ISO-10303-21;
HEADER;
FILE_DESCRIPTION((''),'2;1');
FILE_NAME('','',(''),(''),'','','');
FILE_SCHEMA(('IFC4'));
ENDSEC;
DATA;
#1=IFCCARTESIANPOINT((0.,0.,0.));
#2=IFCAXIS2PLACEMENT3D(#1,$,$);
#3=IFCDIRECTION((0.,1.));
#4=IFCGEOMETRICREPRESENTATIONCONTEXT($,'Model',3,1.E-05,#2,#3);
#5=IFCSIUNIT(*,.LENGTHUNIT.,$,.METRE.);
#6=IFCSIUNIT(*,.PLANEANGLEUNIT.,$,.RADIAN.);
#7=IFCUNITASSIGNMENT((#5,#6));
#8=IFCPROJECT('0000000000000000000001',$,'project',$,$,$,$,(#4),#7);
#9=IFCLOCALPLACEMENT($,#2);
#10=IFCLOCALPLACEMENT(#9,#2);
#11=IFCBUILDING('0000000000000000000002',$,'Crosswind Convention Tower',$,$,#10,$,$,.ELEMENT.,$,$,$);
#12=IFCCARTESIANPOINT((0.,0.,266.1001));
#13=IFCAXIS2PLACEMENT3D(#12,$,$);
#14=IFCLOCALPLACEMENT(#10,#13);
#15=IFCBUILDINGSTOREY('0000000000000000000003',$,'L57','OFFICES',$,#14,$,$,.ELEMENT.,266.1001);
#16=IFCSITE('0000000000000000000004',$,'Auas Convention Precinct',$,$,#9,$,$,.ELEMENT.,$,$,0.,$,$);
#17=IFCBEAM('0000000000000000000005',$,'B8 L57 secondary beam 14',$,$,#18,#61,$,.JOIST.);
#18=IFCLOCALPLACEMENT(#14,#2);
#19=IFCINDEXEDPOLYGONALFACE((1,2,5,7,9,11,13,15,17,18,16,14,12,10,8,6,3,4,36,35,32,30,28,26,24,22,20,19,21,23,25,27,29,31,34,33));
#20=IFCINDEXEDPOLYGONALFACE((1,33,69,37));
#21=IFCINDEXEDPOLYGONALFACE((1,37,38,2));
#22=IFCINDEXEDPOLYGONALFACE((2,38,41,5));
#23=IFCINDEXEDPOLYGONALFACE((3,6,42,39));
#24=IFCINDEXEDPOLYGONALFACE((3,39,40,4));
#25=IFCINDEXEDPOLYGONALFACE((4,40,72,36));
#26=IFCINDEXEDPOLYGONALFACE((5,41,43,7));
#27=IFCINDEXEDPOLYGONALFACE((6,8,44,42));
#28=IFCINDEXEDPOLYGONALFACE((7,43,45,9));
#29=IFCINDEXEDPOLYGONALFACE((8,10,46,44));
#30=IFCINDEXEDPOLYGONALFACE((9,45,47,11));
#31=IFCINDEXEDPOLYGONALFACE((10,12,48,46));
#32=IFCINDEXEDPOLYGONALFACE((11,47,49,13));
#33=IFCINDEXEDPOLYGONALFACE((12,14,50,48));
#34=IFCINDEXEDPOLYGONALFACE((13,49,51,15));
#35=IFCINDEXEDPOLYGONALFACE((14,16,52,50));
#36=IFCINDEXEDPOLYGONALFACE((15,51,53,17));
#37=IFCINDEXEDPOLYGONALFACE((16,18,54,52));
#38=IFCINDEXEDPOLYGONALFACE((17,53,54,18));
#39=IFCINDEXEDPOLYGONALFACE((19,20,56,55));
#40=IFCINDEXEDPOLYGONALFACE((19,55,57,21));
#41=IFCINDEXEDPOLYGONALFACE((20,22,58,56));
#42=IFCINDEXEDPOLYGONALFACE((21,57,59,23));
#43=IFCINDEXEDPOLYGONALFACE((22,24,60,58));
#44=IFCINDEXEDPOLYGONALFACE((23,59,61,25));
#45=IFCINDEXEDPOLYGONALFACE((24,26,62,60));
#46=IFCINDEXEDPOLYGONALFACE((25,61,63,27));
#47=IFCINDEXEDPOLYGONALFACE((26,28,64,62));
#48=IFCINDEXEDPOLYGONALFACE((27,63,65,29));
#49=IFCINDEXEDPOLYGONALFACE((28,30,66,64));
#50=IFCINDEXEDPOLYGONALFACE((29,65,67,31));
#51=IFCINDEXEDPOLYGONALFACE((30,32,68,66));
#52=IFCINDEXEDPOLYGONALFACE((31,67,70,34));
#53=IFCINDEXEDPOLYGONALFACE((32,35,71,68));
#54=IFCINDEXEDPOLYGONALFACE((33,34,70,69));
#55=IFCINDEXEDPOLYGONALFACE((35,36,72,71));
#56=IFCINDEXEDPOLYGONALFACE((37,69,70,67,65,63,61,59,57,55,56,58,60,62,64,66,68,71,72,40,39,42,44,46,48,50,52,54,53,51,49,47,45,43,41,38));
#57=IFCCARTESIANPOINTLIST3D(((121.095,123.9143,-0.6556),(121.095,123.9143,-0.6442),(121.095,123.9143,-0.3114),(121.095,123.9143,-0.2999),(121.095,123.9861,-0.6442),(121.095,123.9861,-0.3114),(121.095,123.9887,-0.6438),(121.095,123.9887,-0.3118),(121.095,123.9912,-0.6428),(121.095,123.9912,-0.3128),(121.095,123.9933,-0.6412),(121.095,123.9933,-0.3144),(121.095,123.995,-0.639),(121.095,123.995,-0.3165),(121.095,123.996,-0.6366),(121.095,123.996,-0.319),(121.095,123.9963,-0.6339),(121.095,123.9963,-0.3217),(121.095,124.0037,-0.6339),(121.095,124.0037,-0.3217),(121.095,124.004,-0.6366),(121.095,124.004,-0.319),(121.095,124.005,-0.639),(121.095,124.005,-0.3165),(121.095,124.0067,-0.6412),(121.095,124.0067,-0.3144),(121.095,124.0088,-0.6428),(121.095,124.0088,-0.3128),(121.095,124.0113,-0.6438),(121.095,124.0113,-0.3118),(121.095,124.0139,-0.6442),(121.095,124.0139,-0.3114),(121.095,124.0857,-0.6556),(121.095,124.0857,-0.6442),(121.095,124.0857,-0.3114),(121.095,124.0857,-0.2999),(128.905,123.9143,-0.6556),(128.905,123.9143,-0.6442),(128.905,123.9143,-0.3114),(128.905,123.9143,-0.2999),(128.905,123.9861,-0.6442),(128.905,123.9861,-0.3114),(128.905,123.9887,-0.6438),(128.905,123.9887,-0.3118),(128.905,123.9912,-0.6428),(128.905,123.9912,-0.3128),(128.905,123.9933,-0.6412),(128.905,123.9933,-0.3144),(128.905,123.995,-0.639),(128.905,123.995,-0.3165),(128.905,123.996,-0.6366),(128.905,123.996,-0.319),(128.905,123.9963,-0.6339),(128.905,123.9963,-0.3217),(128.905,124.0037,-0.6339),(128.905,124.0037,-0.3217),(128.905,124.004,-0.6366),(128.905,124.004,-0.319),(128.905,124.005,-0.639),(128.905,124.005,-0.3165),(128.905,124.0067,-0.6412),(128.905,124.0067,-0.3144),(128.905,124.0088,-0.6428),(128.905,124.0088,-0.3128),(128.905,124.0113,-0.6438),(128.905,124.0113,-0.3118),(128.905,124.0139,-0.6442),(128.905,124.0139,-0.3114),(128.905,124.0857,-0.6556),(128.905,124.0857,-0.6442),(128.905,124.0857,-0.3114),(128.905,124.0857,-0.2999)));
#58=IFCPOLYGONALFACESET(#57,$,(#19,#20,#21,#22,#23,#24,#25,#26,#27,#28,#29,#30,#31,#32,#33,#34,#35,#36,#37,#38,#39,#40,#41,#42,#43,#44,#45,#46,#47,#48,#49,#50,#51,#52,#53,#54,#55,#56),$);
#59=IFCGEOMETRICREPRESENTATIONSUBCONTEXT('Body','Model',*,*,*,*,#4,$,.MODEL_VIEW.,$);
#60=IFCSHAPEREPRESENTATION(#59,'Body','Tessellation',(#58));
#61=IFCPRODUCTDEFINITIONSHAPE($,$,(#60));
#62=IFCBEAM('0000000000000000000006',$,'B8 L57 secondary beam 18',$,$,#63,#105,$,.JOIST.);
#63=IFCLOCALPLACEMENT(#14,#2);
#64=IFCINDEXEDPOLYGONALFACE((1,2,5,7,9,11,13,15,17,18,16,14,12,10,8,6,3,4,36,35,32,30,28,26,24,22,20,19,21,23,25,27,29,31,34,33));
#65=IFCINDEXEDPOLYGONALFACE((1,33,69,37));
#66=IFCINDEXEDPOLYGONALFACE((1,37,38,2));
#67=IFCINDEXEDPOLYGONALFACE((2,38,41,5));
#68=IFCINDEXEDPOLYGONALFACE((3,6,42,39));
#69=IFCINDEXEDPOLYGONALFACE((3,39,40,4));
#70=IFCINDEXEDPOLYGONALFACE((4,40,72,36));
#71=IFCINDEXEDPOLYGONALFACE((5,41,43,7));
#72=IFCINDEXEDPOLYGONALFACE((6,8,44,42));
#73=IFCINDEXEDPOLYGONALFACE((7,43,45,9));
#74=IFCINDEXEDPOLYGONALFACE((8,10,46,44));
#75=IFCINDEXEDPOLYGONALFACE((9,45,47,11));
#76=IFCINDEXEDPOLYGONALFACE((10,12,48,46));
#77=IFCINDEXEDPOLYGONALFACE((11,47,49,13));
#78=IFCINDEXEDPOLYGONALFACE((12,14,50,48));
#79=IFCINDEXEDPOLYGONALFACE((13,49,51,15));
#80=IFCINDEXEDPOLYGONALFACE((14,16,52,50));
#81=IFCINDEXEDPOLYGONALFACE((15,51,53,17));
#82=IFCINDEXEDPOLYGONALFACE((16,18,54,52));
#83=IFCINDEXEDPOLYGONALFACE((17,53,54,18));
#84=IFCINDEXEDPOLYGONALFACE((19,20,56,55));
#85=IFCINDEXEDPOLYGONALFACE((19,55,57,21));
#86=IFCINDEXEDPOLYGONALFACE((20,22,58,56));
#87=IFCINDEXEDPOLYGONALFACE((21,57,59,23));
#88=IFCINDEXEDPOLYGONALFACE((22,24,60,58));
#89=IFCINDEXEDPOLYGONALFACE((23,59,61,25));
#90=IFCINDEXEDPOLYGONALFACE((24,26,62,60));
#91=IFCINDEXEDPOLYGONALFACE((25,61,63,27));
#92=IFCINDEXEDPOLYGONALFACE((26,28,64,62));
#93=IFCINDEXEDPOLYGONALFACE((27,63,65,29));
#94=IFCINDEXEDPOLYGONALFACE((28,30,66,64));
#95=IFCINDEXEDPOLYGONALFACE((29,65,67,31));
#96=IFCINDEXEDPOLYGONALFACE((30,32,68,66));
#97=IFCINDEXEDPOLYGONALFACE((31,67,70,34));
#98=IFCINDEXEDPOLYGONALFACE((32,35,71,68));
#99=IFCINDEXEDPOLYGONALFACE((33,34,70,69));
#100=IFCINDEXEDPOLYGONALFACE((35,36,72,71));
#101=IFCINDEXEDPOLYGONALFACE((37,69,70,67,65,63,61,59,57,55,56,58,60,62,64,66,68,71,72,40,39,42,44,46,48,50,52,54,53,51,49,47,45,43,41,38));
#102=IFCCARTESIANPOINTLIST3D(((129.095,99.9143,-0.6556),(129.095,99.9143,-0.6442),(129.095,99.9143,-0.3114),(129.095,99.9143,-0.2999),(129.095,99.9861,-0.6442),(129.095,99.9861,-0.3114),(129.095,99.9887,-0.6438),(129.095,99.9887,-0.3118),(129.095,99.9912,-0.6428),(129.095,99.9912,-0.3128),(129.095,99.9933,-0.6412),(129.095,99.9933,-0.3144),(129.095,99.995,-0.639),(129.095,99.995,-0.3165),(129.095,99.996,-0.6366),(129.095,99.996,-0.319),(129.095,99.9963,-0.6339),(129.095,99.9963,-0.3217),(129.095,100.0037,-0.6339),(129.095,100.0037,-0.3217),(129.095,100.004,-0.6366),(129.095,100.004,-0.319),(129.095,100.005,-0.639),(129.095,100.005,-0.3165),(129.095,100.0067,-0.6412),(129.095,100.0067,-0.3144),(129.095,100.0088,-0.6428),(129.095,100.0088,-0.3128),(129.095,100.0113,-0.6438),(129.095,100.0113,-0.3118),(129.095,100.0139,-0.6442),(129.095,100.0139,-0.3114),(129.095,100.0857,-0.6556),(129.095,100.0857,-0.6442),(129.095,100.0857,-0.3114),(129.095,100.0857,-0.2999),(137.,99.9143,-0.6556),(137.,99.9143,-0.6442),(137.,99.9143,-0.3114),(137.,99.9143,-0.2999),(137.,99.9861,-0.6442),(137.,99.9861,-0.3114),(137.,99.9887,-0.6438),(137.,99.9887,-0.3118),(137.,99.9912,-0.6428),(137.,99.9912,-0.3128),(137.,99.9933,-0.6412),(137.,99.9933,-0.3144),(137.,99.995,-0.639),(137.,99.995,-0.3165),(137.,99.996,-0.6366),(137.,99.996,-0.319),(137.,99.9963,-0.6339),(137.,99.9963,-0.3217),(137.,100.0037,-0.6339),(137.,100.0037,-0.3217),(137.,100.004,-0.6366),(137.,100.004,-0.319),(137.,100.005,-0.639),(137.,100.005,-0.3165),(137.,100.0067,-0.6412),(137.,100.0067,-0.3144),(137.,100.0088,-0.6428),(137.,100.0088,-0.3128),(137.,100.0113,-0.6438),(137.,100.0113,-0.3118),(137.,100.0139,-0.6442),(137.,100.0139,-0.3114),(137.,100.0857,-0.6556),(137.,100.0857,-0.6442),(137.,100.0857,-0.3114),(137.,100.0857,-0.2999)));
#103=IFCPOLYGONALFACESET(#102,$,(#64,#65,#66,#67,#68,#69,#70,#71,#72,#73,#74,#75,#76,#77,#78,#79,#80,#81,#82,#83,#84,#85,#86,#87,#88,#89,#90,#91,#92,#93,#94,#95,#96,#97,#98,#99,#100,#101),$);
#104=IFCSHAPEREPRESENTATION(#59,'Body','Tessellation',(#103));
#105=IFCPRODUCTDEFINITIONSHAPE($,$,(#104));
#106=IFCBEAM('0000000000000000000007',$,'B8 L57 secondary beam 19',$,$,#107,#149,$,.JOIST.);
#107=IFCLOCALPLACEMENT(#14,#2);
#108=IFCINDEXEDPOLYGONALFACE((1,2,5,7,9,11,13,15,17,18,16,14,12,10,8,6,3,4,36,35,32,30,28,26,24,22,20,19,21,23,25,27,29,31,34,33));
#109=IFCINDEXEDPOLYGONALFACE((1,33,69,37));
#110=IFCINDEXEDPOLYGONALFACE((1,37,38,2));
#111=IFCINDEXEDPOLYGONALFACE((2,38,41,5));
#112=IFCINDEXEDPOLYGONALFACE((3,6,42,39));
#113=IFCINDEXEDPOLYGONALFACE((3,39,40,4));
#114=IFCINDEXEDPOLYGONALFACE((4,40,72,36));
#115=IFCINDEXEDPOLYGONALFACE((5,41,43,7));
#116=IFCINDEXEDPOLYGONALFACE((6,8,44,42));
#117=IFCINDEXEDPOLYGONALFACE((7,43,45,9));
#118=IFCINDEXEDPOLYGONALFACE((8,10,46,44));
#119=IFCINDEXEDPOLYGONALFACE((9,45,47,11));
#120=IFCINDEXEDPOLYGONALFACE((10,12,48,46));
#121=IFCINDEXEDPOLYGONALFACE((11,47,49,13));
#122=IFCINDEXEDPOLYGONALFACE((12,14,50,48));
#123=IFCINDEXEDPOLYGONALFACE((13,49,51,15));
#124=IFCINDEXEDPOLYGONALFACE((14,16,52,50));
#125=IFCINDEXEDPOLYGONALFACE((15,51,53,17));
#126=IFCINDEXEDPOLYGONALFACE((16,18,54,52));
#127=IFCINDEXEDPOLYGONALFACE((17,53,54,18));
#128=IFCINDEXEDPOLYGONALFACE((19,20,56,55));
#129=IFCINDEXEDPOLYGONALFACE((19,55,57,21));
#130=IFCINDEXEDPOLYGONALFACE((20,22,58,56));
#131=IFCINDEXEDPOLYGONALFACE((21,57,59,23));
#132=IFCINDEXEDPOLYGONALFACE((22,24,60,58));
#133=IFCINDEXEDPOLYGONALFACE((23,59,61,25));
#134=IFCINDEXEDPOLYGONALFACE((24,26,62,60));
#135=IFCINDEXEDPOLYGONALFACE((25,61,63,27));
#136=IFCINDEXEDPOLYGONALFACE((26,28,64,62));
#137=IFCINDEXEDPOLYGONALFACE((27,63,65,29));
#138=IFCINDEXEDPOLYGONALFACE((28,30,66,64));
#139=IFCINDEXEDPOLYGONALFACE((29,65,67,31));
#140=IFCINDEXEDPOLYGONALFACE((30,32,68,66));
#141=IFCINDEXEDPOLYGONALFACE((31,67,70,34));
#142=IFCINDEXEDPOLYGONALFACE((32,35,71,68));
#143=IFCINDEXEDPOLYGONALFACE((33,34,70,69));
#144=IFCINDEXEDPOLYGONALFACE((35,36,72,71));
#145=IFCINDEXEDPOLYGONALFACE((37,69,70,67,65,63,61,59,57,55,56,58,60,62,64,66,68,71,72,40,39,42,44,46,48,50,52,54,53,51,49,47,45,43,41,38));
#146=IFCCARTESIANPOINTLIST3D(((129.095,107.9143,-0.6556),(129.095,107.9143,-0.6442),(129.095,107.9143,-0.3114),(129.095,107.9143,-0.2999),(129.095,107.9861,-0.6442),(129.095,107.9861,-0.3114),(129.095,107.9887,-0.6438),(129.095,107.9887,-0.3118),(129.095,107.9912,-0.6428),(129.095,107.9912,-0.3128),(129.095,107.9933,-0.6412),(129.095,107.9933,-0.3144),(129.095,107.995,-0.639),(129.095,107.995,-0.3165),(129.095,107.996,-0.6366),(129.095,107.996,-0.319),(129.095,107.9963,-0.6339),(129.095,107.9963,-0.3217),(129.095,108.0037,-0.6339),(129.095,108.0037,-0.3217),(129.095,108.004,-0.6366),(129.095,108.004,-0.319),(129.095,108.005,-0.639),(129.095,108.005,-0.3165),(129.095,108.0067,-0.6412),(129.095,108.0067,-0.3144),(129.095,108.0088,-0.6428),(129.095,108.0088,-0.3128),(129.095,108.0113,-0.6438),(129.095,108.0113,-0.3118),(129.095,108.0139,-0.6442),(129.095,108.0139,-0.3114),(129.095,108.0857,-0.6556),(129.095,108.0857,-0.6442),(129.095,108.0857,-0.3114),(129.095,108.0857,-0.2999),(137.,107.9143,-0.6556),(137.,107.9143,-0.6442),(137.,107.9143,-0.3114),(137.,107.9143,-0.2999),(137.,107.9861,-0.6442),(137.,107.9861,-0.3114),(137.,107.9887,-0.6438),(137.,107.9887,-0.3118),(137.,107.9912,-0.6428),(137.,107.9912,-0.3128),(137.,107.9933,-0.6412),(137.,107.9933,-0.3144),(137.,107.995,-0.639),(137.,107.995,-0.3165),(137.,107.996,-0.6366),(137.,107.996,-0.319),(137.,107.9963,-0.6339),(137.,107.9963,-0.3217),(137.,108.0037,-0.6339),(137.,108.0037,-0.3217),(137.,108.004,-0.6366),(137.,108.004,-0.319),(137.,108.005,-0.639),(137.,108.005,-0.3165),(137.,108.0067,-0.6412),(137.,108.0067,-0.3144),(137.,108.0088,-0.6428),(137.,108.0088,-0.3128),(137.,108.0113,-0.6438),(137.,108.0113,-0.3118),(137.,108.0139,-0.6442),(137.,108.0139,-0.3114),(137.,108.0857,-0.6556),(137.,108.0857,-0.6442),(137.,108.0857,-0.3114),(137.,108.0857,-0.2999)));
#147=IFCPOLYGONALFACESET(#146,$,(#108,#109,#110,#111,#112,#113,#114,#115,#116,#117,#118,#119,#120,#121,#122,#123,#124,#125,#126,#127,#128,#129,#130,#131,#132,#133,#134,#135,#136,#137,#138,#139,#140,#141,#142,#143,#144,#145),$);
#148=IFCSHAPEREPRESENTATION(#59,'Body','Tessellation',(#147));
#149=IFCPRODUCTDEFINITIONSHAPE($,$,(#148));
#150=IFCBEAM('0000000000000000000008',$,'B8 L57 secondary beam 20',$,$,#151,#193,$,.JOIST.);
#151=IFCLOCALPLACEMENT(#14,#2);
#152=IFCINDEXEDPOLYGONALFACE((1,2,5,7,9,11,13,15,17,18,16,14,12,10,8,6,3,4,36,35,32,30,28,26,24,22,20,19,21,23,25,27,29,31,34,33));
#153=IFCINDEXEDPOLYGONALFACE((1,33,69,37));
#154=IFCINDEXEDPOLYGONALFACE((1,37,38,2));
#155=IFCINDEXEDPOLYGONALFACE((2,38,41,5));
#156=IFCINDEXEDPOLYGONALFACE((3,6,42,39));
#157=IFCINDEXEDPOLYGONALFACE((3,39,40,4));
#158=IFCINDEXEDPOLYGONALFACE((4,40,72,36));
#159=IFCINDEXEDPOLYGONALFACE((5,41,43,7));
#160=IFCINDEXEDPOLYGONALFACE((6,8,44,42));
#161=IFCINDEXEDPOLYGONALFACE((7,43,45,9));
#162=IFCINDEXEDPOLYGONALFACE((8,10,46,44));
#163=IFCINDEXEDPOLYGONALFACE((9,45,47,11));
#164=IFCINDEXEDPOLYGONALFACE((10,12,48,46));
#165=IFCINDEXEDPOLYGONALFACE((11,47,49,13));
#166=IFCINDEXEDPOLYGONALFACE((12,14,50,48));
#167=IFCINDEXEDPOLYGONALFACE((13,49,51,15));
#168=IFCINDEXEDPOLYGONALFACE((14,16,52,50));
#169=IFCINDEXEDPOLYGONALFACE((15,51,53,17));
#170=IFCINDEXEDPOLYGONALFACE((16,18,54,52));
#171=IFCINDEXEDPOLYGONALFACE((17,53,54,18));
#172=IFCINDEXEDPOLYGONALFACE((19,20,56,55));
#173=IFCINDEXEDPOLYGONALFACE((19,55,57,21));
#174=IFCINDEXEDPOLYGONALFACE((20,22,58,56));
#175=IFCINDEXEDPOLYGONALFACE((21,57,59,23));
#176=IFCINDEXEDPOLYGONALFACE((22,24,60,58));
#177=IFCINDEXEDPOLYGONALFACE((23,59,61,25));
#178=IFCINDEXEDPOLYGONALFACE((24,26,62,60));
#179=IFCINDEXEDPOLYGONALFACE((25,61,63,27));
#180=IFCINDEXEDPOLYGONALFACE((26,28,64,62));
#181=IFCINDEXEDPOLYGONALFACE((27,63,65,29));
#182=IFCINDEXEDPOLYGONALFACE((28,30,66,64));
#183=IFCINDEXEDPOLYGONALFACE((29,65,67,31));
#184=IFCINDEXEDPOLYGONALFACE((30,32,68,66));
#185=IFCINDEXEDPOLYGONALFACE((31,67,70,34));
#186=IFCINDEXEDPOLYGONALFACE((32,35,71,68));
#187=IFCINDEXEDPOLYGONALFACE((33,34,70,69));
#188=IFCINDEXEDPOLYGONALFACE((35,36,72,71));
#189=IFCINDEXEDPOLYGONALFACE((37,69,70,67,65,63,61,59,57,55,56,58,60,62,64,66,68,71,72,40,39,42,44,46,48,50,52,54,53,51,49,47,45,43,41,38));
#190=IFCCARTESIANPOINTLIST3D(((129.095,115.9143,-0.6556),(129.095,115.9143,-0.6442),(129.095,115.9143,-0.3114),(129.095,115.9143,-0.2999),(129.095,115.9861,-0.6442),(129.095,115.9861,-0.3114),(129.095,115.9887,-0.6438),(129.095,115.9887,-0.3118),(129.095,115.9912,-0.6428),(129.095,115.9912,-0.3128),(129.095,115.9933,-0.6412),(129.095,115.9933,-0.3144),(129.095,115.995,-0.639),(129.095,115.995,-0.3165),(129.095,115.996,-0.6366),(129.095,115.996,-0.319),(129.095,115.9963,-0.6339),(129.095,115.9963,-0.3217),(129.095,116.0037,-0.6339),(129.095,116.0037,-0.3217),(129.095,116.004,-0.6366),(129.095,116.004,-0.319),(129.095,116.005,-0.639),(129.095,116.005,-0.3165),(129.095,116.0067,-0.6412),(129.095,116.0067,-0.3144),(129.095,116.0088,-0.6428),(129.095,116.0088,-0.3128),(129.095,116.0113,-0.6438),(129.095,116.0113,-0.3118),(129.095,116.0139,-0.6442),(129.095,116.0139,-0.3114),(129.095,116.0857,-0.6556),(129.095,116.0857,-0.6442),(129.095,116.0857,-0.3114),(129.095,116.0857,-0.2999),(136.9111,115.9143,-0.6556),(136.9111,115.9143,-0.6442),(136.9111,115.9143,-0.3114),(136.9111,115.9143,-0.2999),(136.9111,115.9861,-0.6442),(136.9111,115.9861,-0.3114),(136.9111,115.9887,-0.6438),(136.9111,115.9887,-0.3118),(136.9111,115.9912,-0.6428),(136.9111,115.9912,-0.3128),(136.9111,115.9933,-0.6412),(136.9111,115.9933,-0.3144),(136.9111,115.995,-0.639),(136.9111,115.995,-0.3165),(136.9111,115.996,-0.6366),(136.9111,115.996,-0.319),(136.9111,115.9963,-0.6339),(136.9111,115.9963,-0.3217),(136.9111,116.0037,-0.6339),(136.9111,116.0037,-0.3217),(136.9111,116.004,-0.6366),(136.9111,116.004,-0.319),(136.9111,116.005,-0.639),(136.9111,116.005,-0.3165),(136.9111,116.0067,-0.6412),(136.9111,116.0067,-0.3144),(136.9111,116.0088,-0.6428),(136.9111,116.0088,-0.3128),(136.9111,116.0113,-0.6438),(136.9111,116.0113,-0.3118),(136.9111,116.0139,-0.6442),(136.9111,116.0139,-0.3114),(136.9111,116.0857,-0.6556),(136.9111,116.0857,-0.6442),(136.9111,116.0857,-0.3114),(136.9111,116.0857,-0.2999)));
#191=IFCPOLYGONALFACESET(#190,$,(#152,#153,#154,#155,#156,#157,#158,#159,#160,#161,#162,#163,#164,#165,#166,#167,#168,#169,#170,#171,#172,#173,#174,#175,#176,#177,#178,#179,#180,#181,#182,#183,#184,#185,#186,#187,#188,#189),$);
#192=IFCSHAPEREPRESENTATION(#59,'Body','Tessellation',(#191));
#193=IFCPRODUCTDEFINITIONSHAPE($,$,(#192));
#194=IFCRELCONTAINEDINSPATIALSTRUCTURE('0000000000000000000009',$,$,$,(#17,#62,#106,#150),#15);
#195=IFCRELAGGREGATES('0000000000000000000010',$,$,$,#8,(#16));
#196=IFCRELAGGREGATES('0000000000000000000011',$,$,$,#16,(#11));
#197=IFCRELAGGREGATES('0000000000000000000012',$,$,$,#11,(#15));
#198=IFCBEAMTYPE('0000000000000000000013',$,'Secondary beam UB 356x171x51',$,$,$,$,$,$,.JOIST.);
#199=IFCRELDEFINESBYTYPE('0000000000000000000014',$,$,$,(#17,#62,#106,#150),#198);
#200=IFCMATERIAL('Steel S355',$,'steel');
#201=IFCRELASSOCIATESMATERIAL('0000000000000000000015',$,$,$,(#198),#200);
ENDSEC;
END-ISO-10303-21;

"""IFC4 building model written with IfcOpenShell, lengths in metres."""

from ifc_helpers import new_model, si_unit, direction, frame, origin, origin_2d, place, context, subcontext, project, spatial, i_section, extrude, material, material_profile, profile_set, type_object, element, save


model = new_model("IFC4")

# Units and contexts
model_context = context("Model", 3, precision=1e-05, world=origin(), true_north=direction((0.0, 1.0)))
body_context = subcontext(model_context, "Body", "Model", "MODEL_VIEW")
ifc_project = project(units=[si_unit("LENGTHUNIT", "METRE"), si_unit("PLANEANGLEUNIT", "RADIAN")], contexts=[model_context])

# Site, building, storey
site_placement = place(None, origin())
site = spatial("IfcSite", under=ifc_project, at=site_placement, Name="Auas Convention Precinct", CompositionType="ELEMENT", RefElevation=0.0)
building_placement = place(site_placement, origin())
building = spatial("IfcBuilding", under=site, at=building_placement, Name="Crosswind Convention Tower", CompositionType="ELEMENT")
storey_placement = place(building_placement, frame((0.0, 0.0, 266.1001)))
storey = spatial("IfcBuildingStorey", under=building, at=storey_placement, Name="L57", Description="OFFICES", CompositionType="ELEMENT", Elevation=266.1001)

# Shared definitions
ifc_material_1 = material(Name="Steel S355", Category="steel")

# Beams
ifc_material_profile_1 = material_profile(ifc_material_1, i_section(OverallWidth=0.1714, OverallDepth=0.3557, WebThickness=0.0073, FlangeThickness=0.0115, FilletRadius=0.0103, at=origin_2d()), Name="UB 356x171x51")
ifc_profile_set_1 = profile_set([ifc_material_profile_1], Name="Steel S355")
beam_type_1 = type_object("IfcBeamType", Name="Secondary beam UB 356x171x51", PredefinedType="JOIST", material=ifc_profile_set_1)
for number, where, z_axis, x_axis, name in (
    (1, (121.095, 124.0, -0.4778), (1.0, 0.0, 0.0), (0.0, 1.0, 0.0), "B8 L57 secondary beam 14"),
):
    element("IfcBeam", number, at=place(storey_placement, frame(where, z_axis=z_axis, x_axis=x_axis)), inside=storey, type_object=beam_type_1, Name=name, PredefinedType="JOIST", context=body_context, shape_type="SweptSolid", body=[
        extrude(i_section(OverallWidth=0.1714, OverallDepth=0.3557, WebThickness=0.0073, FlangeThickness=0.0115, FilletRadius=0.0103, at=origin_2d()), origin(), (0.0, 0.0, 1.0), 7.8101),
    ])
for number, where, z_axis, x_axis, name in (
    (2, (129.095, 100.0, -0.4778), (1.0, 0.0, 0.0), (0.0, 1.0, 0.0), "B8 L57 secondary beam 18"),
    (3, (129.095, 108.0, -0.4778), (1.0, 0.0, 0.0), (0.0, 1.0, 0.0), "B8 L57 secondary beam 19"),
):
    element("IfcBeam", number, at=place(storey_placement, frame(where, z_axis=z_axis, x_axis=x_axis)), inside=storey, type_object=beam_type_1, Name=name, PredefinedType="JOIST", context=body_context, shape_type="SweptSolid", body=[
        extrude(i_section(OverallWidth=0.1714, OverallDepth=0.3557, WebThickness=0.0073, FlangeThickness=0.0115, FilletRadius=0.0103, at=origin_2d()), origin(), (0.0, 0.0, 1.0), 7.905),
    ])
for number, where, z_axis, x_axis, name in (
    (4, (129.095, 116.0, -0.4778), (1.0, 0.0, 0.0), (0.0, 1.0, 0.0), "B8 L57 secondary beam 20"),
):
    element("IfcBeam", number, at=place(storey_placement, frame(where, z_axis=z_axis, x_axis=x_axis)), inside=storey, type_object=beam_type_1, Name=name, PredefinedType="JOIST", context=body_context, shape_type="SweptSolid", body=[
        extrude(i_section(OverallWidth=0.1714, OverallDepth=0.3557, WebThickness=0.0073, FlangeThickness=0.0115, FilletRadius=0.0103, at=origin_2d()), origin(), (0.0, 0.0, 1.0), 7.8162),
    ])

save(model, "model.ifc")
